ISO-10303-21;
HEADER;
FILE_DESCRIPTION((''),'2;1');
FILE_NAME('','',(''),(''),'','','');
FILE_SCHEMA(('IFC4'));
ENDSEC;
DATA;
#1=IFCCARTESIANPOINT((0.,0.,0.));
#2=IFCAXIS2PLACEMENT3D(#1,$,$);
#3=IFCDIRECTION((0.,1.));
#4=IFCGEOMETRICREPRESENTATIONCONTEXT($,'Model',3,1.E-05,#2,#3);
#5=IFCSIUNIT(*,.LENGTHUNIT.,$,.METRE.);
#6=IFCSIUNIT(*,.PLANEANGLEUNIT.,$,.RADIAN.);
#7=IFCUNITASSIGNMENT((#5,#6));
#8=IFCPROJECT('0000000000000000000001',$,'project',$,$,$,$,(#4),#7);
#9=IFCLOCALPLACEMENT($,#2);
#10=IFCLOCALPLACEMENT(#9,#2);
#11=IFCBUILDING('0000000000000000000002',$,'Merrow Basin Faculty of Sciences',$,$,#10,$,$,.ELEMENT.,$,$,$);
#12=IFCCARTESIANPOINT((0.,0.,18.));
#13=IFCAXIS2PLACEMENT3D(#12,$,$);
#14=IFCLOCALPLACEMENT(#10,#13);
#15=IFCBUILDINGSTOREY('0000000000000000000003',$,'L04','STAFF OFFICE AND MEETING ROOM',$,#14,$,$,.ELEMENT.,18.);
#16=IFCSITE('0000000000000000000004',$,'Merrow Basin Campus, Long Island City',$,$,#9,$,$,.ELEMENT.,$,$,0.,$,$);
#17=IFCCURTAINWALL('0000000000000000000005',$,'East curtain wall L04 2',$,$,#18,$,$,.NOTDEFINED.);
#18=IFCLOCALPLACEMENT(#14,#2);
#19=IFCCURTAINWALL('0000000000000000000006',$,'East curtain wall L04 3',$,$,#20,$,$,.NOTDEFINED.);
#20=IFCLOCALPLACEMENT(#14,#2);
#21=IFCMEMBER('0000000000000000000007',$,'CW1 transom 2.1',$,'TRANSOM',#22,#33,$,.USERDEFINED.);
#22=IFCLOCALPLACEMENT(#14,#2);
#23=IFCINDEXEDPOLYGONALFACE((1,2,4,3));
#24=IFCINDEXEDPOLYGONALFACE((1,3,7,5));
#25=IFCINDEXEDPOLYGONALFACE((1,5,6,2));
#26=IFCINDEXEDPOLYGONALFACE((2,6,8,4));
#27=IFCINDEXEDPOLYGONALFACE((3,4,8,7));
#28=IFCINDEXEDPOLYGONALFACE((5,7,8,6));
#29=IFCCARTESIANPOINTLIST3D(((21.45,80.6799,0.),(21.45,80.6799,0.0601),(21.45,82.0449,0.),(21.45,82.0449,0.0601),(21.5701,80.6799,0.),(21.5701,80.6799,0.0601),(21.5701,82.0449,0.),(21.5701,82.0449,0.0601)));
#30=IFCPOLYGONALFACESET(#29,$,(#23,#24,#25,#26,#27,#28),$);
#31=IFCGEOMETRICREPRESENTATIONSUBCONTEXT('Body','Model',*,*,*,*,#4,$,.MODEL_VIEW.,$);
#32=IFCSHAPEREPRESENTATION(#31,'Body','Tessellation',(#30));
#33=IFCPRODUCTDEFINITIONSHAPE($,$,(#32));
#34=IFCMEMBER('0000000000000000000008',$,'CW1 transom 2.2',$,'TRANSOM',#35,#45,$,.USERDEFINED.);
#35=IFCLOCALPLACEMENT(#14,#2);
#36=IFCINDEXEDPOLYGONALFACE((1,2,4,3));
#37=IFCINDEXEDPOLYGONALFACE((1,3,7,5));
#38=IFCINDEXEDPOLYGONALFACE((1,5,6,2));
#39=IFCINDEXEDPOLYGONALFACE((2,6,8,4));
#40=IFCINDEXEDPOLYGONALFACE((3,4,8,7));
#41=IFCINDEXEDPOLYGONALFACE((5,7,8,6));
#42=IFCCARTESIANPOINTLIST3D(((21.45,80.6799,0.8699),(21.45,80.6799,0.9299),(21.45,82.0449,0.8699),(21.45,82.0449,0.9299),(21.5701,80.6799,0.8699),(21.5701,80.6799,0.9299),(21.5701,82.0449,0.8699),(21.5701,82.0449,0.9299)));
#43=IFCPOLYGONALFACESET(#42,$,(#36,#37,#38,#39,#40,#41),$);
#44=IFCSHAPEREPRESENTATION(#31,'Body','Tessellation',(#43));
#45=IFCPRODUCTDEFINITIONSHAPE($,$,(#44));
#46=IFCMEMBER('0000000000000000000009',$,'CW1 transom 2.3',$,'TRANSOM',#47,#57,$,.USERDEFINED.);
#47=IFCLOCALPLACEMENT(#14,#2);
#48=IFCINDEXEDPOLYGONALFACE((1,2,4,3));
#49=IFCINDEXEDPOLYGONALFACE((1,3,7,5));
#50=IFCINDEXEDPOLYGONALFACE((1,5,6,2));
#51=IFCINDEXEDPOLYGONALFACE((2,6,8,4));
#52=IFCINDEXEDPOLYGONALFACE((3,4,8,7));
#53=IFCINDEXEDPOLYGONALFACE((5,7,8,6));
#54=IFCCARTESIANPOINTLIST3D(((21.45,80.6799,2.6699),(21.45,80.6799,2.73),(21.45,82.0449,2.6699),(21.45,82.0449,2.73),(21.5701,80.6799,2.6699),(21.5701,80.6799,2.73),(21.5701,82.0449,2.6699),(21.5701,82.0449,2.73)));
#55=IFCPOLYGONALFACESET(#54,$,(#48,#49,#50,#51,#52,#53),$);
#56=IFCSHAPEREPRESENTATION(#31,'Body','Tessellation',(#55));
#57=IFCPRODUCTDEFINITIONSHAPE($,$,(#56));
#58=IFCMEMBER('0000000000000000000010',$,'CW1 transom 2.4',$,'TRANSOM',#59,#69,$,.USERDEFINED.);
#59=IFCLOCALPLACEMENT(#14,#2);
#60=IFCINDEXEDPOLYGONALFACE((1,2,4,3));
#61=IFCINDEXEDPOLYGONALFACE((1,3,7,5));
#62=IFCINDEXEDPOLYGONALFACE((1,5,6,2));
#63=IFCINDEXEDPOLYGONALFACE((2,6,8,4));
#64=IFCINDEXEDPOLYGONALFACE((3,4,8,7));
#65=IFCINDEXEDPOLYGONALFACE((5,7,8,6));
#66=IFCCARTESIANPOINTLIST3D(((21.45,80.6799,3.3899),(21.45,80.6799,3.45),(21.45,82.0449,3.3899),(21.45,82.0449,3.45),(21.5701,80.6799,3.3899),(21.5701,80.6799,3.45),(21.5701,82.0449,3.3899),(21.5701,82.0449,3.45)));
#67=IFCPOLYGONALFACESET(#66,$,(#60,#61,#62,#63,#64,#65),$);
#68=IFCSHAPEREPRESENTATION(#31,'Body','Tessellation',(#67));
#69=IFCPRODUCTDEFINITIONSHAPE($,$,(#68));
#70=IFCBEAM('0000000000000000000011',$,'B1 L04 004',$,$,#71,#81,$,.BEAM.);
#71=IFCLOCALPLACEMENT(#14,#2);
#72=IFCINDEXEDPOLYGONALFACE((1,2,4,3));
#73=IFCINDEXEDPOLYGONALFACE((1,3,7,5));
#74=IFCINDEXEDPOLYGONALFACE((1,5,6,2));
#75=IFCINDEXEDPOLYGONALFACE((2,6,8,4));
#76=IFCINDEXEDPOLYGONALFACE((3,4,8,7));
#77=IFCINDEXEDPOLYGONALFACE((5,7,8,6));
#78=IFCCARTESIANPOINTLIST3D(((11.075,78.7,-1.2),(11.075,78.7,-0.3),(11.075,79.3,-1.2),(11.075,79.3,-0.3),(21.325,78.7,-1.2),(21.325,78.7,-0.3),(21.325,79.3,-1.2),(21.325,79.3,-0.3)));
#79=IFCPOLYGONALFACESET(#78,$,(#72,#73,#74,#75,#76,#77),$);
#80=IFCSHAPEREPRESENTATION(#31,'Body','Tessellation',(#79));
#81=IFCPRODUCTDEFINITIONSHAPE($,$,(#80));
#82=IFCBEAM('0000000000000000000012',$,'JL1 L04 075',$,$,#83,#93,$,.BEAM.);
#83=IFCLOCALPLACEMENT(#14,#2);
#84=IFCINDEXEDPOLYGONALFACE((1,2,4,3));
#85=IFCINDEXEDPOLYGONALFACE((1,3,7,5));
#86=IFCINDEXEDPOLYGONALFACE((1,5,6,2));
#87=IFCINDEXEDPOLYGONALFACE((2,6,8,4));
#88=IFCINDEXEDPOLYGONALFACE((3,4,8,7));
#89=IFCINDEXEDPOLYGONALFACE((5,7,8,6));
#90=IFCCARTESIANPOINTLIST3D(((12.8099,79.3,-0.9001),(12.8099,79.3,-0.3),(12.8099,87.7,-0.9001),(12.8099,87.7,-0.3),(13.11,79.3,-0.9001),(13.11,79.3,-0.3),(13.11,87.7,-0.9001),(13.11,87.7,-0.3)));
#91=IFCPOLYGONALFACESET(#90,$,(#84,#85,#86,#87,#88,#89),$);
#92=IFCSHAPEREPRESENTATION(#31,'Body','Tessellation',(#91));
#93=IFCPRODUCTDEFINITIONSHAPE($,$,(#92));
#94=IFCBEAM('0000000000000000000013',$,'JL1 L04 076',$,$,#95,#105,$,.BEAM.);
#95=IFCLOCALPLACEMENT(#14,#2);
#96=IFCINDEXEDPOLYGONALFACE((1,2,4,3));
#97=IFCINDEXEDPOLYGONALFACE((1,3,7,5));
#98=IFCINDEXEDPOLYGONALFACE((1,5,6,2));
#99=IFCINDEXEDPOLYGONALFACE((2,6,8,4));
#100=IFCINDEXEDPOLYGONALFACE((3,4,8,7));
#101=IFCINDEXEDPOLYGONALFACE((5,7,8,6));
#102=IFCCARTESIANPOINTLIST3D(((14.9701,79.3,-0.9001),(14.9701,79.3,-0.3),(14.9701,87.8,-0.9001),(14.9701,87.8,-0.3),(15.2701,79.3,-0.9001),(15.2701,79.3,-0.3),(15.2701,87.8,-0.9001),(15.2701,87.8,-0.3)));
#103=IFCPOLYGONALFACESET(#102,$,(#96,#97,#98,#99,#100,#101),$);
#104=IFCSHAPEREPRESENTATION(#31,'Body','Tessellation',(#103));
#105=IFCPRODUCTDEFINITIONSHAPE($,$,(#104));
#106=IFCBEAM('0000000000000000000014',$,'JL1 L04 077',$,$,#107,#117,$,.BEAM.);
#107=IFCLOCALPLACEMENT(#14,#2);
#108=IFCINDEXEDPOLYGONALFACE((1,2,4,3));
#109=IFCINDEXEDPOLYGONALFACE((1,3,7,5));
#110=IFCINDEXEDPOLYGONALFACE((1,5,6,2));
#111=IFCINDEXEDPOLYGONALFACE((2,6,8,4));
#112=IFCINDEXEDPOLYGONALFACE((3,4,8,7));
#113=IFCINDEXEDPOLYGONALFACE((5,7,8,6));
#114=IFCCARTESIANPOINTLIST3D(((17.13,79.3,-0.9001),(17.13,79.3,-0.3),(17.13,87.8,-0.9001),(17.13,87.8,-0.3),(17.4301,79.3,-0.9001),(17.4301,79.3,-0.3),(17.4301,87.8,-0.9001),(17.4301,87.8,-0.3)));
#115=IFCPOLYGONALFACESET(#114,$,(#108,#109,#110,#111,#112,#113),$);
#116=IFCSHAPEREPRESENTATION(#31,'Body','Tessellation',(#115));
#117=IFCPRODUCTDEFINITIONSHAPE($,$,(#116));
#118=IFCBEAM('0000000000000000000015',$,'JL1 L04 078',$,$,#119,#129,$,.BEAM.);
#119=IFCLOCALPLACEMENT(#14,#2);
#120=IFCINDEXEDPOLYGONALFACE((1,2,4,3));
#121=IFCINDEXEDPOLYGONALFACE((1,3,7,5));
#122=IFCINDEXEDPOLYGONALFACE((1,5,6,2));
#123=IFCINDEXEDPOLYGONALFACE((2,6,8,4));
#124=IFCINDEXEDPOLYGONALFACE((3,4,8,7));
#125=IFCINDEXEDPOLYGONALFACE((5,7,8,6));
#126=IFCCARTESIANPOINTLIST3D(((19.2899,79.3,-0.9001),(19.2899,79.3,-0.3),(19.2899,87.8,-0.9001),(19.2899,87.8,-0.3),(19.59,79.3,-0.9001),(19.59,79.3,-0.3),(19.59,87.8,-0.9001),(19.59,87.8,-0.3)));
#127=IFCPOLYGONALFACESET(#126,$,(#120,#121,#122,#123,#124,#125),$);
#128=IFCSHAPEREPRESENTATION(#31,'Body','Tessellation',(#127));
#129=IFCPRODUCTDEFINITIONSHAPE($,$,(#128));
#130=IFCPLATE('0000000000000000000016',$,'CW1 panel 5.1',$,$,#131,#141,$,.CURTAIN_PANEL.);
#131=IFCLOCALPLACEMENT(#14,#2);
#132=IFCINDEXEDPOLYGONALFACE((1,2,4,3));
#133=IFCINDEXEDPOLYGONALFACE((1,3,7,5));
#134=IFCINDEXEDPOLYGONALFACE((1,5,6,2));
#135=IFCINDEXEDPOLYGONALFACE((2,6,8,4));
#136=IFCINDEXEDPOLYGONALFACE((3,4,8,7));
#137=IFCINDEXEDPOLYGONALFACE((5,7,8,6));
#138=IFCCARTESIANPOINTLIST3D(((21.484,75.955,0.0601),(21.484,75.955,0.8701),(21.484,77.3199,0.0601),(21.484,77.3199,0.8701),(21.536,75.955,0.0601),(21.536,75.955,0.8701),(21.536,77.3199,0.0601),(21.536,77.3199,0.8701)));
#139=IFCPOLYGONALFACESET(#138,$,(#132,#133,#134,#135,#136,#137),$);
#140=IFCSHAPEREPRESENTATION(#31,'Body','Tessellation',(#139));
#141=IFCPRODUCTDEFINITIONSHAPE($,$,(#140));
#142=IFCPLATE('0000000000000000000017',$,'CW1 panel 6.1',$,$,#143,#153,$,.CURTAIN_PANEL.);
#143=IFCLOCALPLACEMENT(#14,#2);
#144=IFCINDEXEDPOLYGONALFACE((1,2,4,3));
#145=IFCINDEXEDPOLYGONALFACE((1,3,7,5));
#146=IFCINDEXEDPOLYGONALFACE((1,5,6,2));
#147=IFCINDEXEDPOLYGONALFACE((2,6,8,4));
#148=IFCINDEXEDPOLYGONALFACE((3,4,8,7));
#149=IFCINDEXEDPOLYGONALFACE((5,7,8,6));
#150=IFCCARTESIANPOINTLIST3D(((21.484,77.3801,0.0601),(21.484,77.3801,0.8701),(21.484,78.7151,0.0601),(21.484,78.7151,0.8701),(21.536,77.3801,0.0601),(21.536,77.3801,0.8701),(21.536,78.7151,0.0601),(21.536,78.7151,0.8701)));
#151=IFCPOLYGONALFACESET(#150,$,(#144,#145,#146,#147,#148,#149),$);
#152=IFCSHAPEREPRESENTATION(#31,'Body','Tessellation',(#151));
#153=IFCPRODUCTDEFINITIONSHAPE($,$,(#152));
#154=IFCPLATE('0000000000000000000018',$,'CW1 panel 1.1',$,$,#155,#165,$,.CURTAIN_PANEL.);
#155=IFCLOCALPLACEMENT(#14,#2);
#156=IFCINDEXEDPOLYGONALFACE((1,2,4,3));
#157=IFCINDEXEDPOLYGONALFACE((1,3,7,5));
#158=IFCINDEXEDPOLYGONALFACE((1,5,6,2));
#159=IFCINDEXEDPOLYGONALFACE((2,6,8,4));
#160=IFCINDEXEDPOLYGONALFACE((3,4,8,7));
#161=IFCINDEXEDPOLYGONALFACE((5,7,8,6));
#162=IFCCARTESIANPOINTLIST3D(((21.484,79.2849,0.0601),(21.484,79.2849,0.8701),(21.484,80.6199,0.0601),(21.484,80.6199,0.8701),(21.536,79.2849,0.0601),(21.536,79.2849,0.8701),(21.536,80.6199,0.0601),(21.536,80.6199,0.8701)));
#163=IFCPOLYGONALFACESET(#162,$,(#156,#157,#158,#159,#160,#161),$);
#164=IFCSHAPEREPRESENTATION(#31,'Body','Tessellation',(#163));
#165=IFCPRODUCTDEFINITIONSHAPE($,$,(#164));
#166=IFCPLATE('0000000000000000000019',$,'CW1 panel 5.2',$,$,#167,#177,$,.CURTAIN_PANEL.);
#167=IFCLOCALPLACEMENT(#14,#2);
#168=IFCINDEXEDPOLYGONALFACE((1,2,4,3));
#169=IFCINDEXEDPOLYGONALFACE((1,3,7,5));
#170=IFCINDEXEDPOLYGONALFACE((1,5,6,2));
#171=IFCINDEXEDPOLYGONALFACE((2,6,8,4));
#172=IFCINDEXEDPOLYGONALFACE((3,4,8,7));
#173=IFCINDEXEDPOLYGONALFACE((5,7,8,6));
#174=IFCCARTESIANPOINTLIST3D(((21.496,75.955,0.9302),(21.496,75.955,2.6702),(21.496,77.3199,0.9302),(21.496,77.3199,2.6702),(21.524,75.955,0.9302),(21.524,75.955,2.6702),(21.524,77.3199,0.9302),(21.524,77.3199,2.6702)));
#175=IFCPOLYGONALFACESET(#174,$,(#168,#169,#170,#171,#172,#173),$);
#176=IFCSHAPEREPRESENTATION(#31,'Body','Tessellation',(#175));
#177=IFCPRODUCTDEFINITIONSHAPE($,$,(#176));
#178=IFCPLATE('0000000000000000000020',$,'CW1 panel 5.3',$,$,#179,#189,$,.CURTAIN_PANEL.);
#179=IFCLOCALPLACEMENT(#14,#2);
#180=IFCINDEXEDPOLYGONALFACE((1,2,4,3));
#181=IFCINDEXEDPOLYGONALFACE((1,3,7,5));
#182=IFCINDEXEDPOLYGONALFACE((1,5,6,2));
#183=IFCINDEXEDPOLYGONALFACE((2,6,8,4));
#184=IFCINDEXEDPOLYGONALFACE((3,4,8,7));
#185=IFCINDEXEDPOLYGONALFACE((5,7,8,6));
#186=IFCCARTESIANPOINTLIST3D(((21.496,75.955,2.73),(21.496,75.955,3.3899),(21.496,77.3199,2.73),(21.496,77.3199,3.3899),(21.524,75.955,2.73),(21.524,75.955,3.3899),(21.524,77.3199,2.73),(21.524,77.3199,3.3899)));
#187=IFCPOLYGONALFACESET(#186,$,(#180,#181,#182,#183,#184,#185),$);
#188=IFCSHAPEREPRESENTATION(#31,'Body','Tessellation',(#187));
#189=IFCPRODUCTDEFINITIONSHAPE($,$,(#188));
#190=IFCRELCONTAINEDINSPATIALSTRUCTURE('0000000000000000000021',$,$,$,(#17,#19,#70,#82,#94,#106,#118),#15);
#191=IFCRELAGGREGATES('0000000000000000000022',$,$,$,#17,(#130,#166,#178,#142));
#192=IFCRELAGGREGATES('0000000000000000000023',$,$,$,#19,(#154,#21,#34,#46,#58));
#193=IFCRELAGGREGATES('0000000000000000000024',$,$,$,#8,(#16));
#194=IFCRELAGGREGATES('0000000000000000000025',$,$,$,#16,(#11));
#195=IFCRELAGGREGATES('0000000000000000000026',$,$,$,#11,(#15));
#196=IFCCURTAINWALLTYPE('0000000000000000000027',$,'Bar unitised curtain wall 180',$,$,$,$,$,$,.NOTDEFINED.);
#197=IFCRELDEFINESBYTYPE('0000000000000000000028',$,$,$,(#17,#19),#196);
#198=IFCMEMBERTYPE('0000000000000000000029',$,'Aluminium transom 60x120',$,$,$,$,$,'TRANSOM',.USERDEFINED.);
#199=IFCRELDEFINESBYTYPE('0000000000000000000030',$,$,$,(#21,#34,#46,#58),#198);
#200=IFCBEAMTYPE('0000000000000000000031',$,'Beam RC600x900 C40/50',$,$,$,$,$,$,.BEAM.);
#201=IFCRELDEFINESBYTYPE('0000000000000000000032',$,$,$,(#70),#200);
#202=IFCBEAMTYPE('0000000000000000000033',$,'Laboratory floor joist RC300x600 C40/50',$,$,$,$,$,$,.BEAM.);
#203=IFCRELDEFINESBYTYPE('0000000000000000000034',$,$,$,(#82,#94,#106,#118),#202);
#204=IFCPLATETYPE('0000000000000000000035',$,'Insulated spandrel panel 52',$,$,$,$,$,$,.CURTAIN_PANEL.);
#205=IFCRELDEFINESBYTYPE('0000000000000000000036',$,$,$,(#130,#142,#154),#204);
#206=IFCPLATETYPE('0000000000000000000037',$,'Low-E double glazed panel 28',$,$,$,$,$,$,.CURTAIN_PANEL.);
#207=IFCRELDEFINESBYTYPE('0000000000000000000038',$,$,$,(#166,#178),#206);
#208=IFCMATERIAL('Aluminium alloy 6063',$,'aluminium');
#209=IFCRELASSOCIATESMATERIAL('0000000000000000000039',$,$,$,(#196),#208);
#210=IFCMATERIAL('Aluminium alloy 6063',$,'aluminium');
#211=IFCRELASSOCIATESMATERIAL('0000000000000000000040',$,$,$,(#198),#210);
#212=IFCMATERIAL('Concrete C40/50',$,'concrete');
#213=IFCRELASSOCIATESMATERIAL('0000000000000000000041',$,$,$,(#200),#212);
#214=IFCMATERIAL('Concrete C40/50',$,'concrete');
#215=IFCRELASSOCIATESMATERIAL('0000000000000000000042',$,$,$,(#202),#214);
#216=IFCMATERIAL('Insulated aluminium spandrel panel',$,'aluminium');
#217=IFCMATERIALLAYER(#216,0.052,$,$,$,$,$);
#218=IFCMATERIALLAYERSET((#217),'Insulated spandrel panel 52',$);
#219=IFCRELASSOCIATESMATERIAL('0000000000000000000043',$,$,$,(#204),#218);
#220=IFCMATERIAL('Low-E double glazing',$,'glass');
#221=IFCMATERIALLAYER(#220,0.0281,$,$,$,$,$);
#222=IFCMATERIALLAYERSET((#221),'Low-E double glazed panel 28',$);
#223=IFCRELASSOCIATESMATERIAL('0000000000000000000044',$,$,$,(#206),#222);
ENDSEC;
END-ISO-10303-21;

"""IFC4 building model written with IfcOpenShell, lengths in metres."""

from ifc_helpers import new_model, si_unit, direction, frame, origin, origin_2d, place, context, subcontext, project, spatial, rectangle, extrude, material, layer, layer_set, material_profile, profile_set, type_object, element, aggregate, save


model = new_model("IFC4")

# Units and contexts
model_context = context("Model", 3, precision=1e-05, world=origin(), true_north=direction((0.0, 1.0)))
body_context = subcontext(model_context, "Body", "Model", "MODEL_VIEW")
ifc_project = project(units=[si_unit("LENGTHUNIT", "METRE"), si_unit("PLANEANGLEUNIT", "RADIAN")], contexts=[model_context])

# Site, building, storey
site_placement = place(None, origin())
site = spatial("IfcSite", under=ifc_project, at=site_placement, Name="Merrow Basin Campus, Long Island City", CompositionType="ELEMENT", RefElevation=0.0)
building_placement = place(site_placement, origin())
building = spatial("IfcBuilding", under=site, at=building_placement, Name="Merrow Basin Faculty of Sciences", CompositionType="ELEMENT")
storey_placement = place(building_placement, frame((0.0, 0.0, 18.0)))
storey = spatial("IfcBuildingStorey", under=building, at=storey_placement, Name="L04", Description="STAFF OFFICE AND MEETING ROOM", CompositionType="ELEMENT", Elevation=18.0)

# Curtain walls
ifc_material_1 = material(Name="Aluminium alloy 6063", Category="aluminium")
curtain_wall_type = type_object("IfcCurtainWallType", Name="Bar unitised curtain wall 180", PredefinedType="NOTDEFINED", material=ifc_material_1)
curtain_wall_1_placement = place(storey_placement, origin())
curtain_wall_1 = element("IfcCurtainWall", 1, at=curtain_wall_1_placement, inside=storey, type_object=curtain_wall_type, Name="East curtain wall L04 2", PredefinedType="NOTDEFINED")
curtain_wall_2_placement = place(storey_placement, origin())
curtain_wall_2 = element("IfcCurtainWall", 2, at=curtain_wall_2_placement, inside=storey, type_object=curtain_wall_type, Name="East curtain wall L04 3", PredefinedType="NOTDEFINED")

# Members
ifc_material_2 = material(Name="Aluminium alloy 6063", Category="aluminium")
ifc_material_profile_1 = material_profile(ifc_material_2, rectangle(XDim=0.1201, YDim=0.0601, at=origin_2d()))
ifc_profile_set_1 = profile_set([ifc_material_profile_1], Name="Aluminium alloy 6063")
member_type_1 = type_object("IfcMemberType", Name="Aluminium transom 60x120", ElementType="TRANSOM", PredefinedType="USERDEFINED", material=ifc_profile_set_1)
member_1_placement = place(storey_placement, frame((21.51, 80.6799, 0.03), z_axis=(0.0, 1.0, 0.0), x_axis=(-1.0, 0.0, 0.0)))
member_1 = element("IfcMember", 3, at=member_1_placement, type_object=member_type_1, Name="CW1 transom 2.1", ObjectType="TRANSOM", PredefinedType="USERDEFINED", context=body_context, shape_type="SweptSolid", body=[
    extrude(rectangle(XDim=0.1201, YDim=0.0601, at=origin_2d()), origin(), (0.0, 0.0, 1.0), 1.365),
])
member_2_placement = place(storey_placement, frame((21.51, 80.6799, 0.8999), z_axis=(0.0, 1.0, 0.0), x_axis=(-1.0, 0.0, 0.0)))
member_2 = element("IfcMember", 4, at=member_2_placement, type_object=member_type_1, Name="CW1 transom 2.2", ObjectType="TRANSOM", PredefinedType="USERDEFINED", context=body_context, shape_type="SweptSolid", body=[
    extrude(rectangle(XDim=0.1201, YDim=0.0601, at=origin_2d()), origin(), (0.0, 0.0, 1.0), 1.365),
])
member_3_placement = place(storey_placement, frame((21.51, 80.6799, 2.7), z_axis=(0.0, 1.0, 0.0), x_axis=(-1.0, 0.0, 0.0)))
member_3 = element("IfcMember", 5, at=member_3_placement, type_object=member_type_1, Name="CW1 transom 2.3", ObjectType="TRANSOM", PredefinedType="USERDEFINED", context=body_context, shape_type="SweptSolid", body=[
    extrude(rectangle(XDim=0.1201, YDim=0.0601, at=origin_2d()), origin(), (0.0, 0.0, 1.0), 1.365),
])
member_4_placement = place(storey_placement, frame((21.51, 80.6799, 3.4199), z_axis=(0.0, 1.0, 0.0), x_axis=(-1.0, 0.0, 0.0)))
member_4 = element("IfcMember", 6, at=member_4_placement, type_object=member_type_1, Name="CW1 transom 2.4", ObjectType="TRANSOM", PredefinedType="USERDEFINED", context=body_context, shape_type="SweptSolid", body=[
    extrude(rectangle(XDim=0.1201, YDim=0.0601, at=origin_2d()), origin(), (0.0, 0.0, 1.0), 1.365),
])

# Beams
ifc_material_3 = material(Name="Concrete C40/50", Category="concrete")
ifc_material_profile_2 = material_profile(ifc_material_3, rectangle(XDim=0.6001, YDim=0.8999, at=origin_2d()))
ifc_profile_set_2 = profile_set([ifc_material_profile_2], Name="Concrete C40/50")
beam_type_1 = type_object("IfcBeamType", Name="Beam RC600x900 C40/50", PredefinedType="BEAM", material=ifc_profile_set_2)
beam_1_placement = place(storey_placement, frame((11.075, 79.0, -0.75), z_axis=(1.0, 0.0, 0.0), x_axis=(0.0, 1.0, 0.0)))
element("IfcBeam", 7, at=beam_1_placement, inside=storey, type_object=beam_type_1, Name="B1 L04 004", PredefinedType="BEAM", context=body_context, shape_type="SweptSolid", body=[
    extrude(rectangle(XDim=0.6001, YDim=0.8999, at=origin_2d()), origin(), (0.0, 0.0, 1.0), 10.25),
])
ifc_material_4 = material(Name="Concrete C40/50", Category="concrete")
ifc_material_profile_3 = material_profile(ifc_material_4, rectangle(XDim=0.3, YDim=0.6001, at=origin_2d()))
ifc_profile_set_3 = profile_set([ifc_material_profile_3], Name="Concrete C40/50")
beam_type_2 = type_object("IfcBeamType", Name="Laboratory floor joist RC300x600 C40/50", PredefinedType="BEAM", material=ifc_profile_set_3)
beam_2_placement = place(storey_placement, frame((12.96, 79.3, -0.6001), z_axis=(0.0, 1.0, 0.0), x_axis=(-1.0, 0.0, 0.0)))
element("IfcBeam", 8, at=beam_2_placement, inside=storey, type_object=beam_type_2, Name="JL1 L04 075", PredefinedType="BEAM", context=body_context, shape_type="SweptSolid", body=[
    extrude(rectangle(XDim=0.3, YDim=0.6001, at=origin_2d()), origin(), (0.0, 0.0, 1.0), 8.3999),
])
for number, where, z_axis, x_axis, name in (
    (9, (15.1201, 79.3, -0.6001), (0.0, 1.0, 0.0), (-1.0, 0.0, 0.0), "JL1 L04 076"),
    (10, (17.28, 79.3, -0.6001), (0.0, 1.0, 0.0), (-1.0, 0.0, 0.0), "JL1 L04 077"),
    (11, (19.4399, 79.3, -0.6001), (0.0, 1.0, 0.0), (-1.0, 0.0, 0.0), "JL1 L04 078"),
):
    element("IfcBeam", number, at=place(storey_placement, frame(where, z_axis=z_axis, x_axis=x_axis)), inside=storey, type_object=beam_type_2, Name=name, PredefinedType="BEAM", context=body_context, shape_type="SweptSolid", body=[
        extrude(rectangle(XDim=0.3, YDim=0.6001, at=origin_2d()), origin(), (0.0, 0.0, 1.0), 8.5),
    ])

# Plates
ifc_material_5 = material(Name="Insulated aluminium spandrel panel", Category="aluminium")
ifc_layer_1 = layer(ifc_material_5, 0.052)
ifc_layer_set_1 = layer_set([ifc_layer_1], Name="Insulated spandrel panel 52")
plate_type_1 = type_object("IfcPlateType", Name="Insulated spandrel panel 52", PredefinedType="CURTAIN_PANEL", material=ifc_layer_set_1)
plate_1_placement = place(storey_placement, frame((21.51, 76.6375, 0.0601), z_axis=(0.0, 0.0, 1.0), x_axis=(0.0, 1.0, 0.0)))
plate_1 = element("IfcPlate", 12, at=plate_1_placement, type_object=plate_type_1, Name="CW1 panel 5.1", PredefinedType="CURTAIN_PANEL", context=body_context, shape_type="SweptSolid", body=[
    extrude(rectangle(XDim=1.365, YDim=0.052, at=origin_2d()), origin(), (0.0, 0.0, 1.0), 0.8101),
])
plate_2_placement = place(storey_placement, frame((21.51, 78.0476, 0.0601), z_axis=(0.0, 0.0, 1.0), x_axis=(0.0, 1.0, 0.0)))
plate_2 = element("IfcPlate", 13, at=plate_2_placement, type_object=plate_type_1, Name="CW1 panel 6.1", PredefinedType="CURTAIN_PANEL", context=body_context, shape_type="SweptSolid", body=[
    extrude(rectangle(XDim=1.335, YDim=0.052, at=origin_2d()), origin(), (0.0, 0.0, 1.0), 0.8101),
])
plate_3_placement = place(storey_placement, frame((21.51, 79.9524, 0.0601), z_axis=(0.0, 0.0, 1.0), x_axis=(0.0, 1.0, 0.0)))
plate_3 = element("IfcPlate", 14, at=plate_3_placement, type_object=plate_type_1, Name="CW1 panel 1.1", PredefinedType="CURTAIN_PANEL", context=body_context, shape_type="SweptSolid", body=[
    extrude(rectangle(XDim=1.335, YDim=0.052, at=origin_2d()), origin(), (0.0, 0.0, 1.0), 0.8101),
])
ifc_material_6 = material(Name="Low-E double glazing", Category="glass")
ifc_layer_2 = layer(ifc_material_6, 0.0281)
ifc_layer_set_2 = layer_set([ifc_layer_2], Name="Low-E double glazed panel 28")
plate_type_2 = type_object("IfcPlateType", Name="Low-E double glazed panel 28", PredefinedType="CURTAIN_PANEL", material=ifc_layer_set_2)
plate_4_placement = place(storey_placement, frame((21.51, 76.6375, 0.9302), z_axis=(0.0, 0.0, 1.0), x_axis=(0.0, 1.0, 0.0)))
plate_4 = element("IfcPlate", 15, at=plate_4_placement, type_object=plate_type_2, Name="CW1 panel 5.2", PredefinedType="CURTAIN_PANEL", context=body_context, shape_type="SweptSolid", body=[
    extrude(rectangle(XDim=1.365, YDim=0.0281, at=origin_2d()), origin(), (0.0, 0.0, 1.0), 1.74),
])
plate_5_placement = place(storey_placement, frame((21.51, 76.6375, 2.73), z_axis=(0.0, 0.0, 1.0), x_axis=(0.0, 1.0, 0.0)))
plate_5 = element("IfcPlate", 16, at=plate_5_placement, type_object=plate_type_2, Name="CW1 panel 5.3", PredefinedType="CURTAIN_PANEL", context=body_context, shape_type="SweptSolid", body=[
    extrude(rectangle(XDim=1.365, YDim=0.0281, at=origin_2d()), origin(), (0.0, 0.0, 1.0), 0.6599),
])
aggregate(curtain_wall_1, [plate_1, plate_4, plate_5, plate_2])
aggregate(curtain_wall_2, [plate_3, member_1, member_2, member_3, member_4])

save(model, "model.ifc")
